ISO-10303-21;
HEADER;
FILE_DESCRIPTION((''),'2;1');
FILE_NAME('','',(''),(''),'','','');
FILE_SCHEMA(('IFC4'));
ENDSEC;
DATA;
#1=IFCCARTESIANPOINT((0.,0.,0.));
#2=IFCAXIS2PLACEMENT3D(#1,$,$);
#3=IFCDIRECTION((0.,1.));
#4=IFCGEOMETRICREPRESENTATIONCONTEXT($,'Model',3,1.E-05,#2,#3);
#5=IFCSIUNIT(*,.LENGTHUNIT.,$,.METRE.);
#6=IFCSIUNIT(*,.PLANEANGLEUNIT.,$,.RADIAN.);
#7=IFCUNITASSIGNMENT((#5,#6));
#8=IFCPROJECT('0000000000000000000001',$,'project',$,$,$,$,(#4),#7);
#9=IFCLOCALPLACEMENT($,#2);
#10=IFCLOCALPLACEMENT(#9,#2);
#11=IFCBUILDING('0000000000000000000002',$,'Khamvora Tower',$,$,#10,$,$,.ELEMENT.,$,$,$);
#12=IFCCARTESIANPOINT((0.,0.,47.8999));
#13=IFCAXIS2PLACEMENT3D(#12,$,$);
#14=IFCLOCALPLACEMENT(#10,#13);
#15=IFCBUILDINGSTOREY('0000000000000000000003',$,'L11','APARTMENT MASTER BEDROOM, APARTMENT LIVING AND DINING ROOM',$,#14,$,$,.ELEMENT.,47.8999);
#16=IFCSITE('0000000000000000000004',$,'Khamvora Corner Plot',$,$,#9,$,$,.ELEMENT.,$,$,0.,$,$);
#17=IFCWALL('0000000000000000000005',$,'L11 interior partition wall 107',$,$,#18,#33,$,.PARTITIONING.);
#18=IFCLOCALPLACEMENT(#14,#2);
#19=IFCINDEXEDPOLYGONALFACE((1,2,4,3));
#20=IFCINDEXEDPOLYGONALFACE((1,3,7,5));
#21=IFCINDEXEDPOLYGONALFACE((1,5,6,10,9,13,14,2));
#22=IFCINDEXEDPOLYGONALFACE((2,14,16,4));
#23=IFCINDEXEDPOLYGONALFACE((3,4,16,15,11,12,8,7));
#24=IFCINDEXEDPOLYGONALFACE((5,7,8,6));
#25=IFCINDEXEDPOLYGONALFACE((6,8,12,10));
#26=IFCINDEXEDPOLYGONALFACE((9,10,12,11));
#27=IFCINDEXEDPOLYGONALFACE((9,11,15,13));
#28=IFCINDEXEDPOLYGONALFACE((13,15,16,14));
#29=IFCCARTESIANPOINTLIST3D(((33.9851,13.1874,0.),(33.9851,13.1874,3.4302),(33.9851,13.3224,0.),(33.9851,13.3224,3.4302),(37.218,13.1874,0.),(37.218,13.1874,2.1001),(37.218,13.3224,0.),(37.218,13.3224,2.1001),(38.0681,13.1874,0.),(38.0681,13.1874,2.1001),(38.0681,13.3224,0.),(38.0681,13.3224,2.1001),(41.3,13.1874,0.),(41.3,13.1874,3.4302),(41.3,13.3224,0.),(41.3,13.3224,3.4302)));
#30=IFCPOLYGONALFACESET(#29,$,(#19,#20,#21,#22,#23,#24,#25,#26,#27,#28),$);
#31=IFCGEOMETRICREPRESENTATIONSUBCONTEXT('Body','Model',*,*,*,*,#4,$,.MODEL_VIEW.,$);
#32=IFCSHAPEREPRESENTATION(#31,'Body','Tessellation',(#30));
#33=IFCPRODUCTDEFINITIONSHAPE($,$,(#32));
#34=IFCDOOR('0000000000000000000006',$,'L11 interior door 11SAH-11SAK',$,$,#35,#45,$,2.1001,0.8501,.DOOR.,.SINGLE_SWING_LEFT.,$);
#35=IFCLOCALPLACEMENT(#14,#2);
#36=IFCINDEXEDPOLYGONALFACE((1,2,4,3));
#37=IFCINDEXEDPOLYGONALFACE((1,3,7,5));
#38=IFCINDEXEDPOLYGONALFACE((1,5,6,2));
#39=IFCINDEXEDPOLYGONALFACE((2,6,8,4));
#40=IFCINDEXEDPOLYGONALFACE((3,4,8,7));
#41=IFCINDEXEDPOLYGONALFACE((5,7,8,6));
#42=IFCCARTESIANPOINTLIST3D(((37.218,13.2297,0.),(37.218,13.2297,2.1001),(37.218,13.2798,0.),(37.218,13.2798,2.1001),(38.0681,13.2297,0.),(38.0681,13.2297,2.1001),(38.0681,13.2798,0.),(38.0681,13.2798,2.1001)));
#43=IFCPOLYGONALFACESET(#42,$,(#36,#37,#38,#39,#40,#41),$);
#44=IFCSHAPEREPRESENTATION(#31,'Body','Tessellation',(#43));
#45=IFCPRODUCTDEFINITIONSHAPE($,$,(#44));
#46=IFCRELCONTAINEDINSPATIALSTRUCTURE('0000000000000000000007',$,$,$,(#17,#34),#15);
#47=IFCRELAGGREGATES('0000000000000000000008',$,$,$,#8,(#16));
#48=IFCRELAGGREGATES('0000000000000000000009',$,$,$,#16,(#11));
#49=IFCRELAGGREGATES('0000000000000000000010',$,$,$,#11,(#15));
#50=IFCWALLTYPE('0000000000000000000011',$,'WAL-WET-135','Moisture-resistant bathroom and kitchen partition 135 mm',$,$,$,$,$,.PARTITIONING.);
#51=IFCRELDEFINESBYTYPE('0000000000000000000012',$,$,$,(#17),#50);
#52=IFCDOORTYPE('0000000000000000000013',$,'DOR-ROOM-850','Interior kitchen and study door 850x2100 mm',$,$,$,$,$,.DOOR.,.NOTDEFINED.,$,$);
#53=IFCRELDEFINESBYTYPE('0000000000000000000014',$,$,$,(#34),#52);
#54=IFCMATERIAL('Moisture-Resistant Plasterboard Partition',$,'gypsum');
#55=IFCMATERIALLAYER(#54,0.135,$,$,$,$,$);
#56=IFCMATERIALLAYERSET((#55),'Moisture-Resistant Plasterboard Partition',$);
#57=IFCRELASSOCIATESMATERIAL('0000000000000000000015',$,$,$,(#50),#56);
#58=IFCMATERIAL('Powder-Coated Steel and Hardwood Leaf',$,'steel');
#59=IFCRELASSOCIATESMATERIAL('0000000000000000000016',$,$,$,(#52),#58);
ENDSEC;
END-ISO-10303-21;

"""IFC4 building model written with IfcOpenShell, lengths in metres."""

from ifc_helpers import new_model, si_unit, direction, frame, frame_2d, origin, place, context, subcontext, project, spatial, rectangle, extrude, material, layer, layer_set, type_object, element, fill, save


model = new_model("IFC4")

# Units and contexts
model_context = context("Model", 3, precision=1e-05, world=origin(), true_north=direction((0.0, 1.0)))
body_context = subcontext(model_context, "Body", "Model", "MODEL_VIEW")
ifc_project = project(units=[si_unit("LENGTHUNIT", "METRE"), si_unit("PLANEANGLEUNIT", "RADIAN")], contexts=[model_context])

# Site, building, storey
site_placement = place(None, origin())
site = spatial("IfcSite", under=ifc_project, at=site_placement, Name="Khamvora Corner Plot", CompositionType="ELEMENT", RefElevation=0.0)
building_placement = place(site_placement, origin())
building = spatial("IfcBuilding", under=site, at=building_placement, Name="Khamvora Tower", CompositionType="ELEMENT")
storey_placement = place(building_placement, frame((0.0, 0.0, 47.8999)))
storey = spatial("IfcBuildingStorey", under=building, at=storey_placement, Name="L11", Description="APARTMENT MASTER BEDROOM, APARTMENT LIVING AND DINING ROOM", CompositionType="ELEMENT", Elevation=47.8999)

# Shared definitions
ifc_material_1 = material(Name="Powder-Coated Steel and Hardwood Leaf", Category="steel")

# Shared definitions
ifc_material_2 = material(Name="Moisture-Resistant Plasterboard Partition", Category="gypsum")
ifc_layer_1 = layer(ifc_material_2, 0.135)
ifc_layer_set_1 = layer_set([ifc_layer_1], Name="Moisture-Resistant Plasterboard Partition")
wall_type_1 = type_object("IfcWallType", Name="WAL-WET-135", Description="Moisture-resistant bathroom and kitchen partition 135 mm", PredefinedType="PARTITIONING", material=ifc_layer_set_1)

# Wall, opening, door
wall_1_placement = place(storey_placement, frame((33.9851, 13.2549, 0.0), z_axis=(0.0, 0.0, 1.0), x_axis=(1.0, 0.0, 0.0)))
wall_1 = element("IfcWall", 1, at=wall_1_placement, inside=storey, type_object=wall_type_1, Name="L11 interior partition wall 107", PredefinedType="PARTITIONING", context=body_context, shape_type="SweptSolid", body=[
    extrude(rectangle(XDim=7.3149, YDim=0.135, at=frame_2d((3.6575, 0.0))), origin(), (0.0, 0.0, 1.0), 3.4302),
])
opening_1_placement = place(wall_1_placement, frame((3.2329, 0.0, 0.0)))
opening_1 = element("IfcOpeningElement", 2, at=opening_1_placement, cuts=wall_1, PredefinedType="OPENING", context=body_context, shape_type="SweptSolid", body=[
    extrude(rectangle(XDim=0.8501, YDim=2.1001, at=frame_2d((0.425, 1.05))), frame((0.0, 0.0774, 0.0), z_axis=(0.0, -1.0, 0.0), x_axis=(1.0, 0.0, 0.0)), (0.0, 0.0, 1.0), 0.155),
])
door_type_1 = type_object("IfcDoorType", Name="DOR-ROOM-850", Description="Interior kitchen and study door 850x2100 mm", OperationType="NOTDEFINED", PredefinedType="DOOR", material=ifc_material_1)
door_1_placement = place(opening_1_placement, origin())
door_1 = element("IfcDoor", 3, at=door_1_placement, inside=storey, type_object=door_type_1, Name="L11 interior door 11SAH-11SAK", OperationType="SINGLE_SWING_LEFT", OverallHeight=2.1001, OverallWidth=0.8501, PredefinedType="DOOR", context=body_context, shape_type="SweptSolid", body=[
    extrude(rectangle(XDim=0.8501, YDim=2.1001, at=frame_2d((0.425, 1.05))), frame((0.0, 0.0249, 0.0), z_axis=(0.0, -1.0, 0.0), x_axis=(1.0, 0.0, 0.0)), (0.0, 0.0, 1.0), 0.05),
])
fill(opening_1, door_1)

save(model, "model.ifc")
